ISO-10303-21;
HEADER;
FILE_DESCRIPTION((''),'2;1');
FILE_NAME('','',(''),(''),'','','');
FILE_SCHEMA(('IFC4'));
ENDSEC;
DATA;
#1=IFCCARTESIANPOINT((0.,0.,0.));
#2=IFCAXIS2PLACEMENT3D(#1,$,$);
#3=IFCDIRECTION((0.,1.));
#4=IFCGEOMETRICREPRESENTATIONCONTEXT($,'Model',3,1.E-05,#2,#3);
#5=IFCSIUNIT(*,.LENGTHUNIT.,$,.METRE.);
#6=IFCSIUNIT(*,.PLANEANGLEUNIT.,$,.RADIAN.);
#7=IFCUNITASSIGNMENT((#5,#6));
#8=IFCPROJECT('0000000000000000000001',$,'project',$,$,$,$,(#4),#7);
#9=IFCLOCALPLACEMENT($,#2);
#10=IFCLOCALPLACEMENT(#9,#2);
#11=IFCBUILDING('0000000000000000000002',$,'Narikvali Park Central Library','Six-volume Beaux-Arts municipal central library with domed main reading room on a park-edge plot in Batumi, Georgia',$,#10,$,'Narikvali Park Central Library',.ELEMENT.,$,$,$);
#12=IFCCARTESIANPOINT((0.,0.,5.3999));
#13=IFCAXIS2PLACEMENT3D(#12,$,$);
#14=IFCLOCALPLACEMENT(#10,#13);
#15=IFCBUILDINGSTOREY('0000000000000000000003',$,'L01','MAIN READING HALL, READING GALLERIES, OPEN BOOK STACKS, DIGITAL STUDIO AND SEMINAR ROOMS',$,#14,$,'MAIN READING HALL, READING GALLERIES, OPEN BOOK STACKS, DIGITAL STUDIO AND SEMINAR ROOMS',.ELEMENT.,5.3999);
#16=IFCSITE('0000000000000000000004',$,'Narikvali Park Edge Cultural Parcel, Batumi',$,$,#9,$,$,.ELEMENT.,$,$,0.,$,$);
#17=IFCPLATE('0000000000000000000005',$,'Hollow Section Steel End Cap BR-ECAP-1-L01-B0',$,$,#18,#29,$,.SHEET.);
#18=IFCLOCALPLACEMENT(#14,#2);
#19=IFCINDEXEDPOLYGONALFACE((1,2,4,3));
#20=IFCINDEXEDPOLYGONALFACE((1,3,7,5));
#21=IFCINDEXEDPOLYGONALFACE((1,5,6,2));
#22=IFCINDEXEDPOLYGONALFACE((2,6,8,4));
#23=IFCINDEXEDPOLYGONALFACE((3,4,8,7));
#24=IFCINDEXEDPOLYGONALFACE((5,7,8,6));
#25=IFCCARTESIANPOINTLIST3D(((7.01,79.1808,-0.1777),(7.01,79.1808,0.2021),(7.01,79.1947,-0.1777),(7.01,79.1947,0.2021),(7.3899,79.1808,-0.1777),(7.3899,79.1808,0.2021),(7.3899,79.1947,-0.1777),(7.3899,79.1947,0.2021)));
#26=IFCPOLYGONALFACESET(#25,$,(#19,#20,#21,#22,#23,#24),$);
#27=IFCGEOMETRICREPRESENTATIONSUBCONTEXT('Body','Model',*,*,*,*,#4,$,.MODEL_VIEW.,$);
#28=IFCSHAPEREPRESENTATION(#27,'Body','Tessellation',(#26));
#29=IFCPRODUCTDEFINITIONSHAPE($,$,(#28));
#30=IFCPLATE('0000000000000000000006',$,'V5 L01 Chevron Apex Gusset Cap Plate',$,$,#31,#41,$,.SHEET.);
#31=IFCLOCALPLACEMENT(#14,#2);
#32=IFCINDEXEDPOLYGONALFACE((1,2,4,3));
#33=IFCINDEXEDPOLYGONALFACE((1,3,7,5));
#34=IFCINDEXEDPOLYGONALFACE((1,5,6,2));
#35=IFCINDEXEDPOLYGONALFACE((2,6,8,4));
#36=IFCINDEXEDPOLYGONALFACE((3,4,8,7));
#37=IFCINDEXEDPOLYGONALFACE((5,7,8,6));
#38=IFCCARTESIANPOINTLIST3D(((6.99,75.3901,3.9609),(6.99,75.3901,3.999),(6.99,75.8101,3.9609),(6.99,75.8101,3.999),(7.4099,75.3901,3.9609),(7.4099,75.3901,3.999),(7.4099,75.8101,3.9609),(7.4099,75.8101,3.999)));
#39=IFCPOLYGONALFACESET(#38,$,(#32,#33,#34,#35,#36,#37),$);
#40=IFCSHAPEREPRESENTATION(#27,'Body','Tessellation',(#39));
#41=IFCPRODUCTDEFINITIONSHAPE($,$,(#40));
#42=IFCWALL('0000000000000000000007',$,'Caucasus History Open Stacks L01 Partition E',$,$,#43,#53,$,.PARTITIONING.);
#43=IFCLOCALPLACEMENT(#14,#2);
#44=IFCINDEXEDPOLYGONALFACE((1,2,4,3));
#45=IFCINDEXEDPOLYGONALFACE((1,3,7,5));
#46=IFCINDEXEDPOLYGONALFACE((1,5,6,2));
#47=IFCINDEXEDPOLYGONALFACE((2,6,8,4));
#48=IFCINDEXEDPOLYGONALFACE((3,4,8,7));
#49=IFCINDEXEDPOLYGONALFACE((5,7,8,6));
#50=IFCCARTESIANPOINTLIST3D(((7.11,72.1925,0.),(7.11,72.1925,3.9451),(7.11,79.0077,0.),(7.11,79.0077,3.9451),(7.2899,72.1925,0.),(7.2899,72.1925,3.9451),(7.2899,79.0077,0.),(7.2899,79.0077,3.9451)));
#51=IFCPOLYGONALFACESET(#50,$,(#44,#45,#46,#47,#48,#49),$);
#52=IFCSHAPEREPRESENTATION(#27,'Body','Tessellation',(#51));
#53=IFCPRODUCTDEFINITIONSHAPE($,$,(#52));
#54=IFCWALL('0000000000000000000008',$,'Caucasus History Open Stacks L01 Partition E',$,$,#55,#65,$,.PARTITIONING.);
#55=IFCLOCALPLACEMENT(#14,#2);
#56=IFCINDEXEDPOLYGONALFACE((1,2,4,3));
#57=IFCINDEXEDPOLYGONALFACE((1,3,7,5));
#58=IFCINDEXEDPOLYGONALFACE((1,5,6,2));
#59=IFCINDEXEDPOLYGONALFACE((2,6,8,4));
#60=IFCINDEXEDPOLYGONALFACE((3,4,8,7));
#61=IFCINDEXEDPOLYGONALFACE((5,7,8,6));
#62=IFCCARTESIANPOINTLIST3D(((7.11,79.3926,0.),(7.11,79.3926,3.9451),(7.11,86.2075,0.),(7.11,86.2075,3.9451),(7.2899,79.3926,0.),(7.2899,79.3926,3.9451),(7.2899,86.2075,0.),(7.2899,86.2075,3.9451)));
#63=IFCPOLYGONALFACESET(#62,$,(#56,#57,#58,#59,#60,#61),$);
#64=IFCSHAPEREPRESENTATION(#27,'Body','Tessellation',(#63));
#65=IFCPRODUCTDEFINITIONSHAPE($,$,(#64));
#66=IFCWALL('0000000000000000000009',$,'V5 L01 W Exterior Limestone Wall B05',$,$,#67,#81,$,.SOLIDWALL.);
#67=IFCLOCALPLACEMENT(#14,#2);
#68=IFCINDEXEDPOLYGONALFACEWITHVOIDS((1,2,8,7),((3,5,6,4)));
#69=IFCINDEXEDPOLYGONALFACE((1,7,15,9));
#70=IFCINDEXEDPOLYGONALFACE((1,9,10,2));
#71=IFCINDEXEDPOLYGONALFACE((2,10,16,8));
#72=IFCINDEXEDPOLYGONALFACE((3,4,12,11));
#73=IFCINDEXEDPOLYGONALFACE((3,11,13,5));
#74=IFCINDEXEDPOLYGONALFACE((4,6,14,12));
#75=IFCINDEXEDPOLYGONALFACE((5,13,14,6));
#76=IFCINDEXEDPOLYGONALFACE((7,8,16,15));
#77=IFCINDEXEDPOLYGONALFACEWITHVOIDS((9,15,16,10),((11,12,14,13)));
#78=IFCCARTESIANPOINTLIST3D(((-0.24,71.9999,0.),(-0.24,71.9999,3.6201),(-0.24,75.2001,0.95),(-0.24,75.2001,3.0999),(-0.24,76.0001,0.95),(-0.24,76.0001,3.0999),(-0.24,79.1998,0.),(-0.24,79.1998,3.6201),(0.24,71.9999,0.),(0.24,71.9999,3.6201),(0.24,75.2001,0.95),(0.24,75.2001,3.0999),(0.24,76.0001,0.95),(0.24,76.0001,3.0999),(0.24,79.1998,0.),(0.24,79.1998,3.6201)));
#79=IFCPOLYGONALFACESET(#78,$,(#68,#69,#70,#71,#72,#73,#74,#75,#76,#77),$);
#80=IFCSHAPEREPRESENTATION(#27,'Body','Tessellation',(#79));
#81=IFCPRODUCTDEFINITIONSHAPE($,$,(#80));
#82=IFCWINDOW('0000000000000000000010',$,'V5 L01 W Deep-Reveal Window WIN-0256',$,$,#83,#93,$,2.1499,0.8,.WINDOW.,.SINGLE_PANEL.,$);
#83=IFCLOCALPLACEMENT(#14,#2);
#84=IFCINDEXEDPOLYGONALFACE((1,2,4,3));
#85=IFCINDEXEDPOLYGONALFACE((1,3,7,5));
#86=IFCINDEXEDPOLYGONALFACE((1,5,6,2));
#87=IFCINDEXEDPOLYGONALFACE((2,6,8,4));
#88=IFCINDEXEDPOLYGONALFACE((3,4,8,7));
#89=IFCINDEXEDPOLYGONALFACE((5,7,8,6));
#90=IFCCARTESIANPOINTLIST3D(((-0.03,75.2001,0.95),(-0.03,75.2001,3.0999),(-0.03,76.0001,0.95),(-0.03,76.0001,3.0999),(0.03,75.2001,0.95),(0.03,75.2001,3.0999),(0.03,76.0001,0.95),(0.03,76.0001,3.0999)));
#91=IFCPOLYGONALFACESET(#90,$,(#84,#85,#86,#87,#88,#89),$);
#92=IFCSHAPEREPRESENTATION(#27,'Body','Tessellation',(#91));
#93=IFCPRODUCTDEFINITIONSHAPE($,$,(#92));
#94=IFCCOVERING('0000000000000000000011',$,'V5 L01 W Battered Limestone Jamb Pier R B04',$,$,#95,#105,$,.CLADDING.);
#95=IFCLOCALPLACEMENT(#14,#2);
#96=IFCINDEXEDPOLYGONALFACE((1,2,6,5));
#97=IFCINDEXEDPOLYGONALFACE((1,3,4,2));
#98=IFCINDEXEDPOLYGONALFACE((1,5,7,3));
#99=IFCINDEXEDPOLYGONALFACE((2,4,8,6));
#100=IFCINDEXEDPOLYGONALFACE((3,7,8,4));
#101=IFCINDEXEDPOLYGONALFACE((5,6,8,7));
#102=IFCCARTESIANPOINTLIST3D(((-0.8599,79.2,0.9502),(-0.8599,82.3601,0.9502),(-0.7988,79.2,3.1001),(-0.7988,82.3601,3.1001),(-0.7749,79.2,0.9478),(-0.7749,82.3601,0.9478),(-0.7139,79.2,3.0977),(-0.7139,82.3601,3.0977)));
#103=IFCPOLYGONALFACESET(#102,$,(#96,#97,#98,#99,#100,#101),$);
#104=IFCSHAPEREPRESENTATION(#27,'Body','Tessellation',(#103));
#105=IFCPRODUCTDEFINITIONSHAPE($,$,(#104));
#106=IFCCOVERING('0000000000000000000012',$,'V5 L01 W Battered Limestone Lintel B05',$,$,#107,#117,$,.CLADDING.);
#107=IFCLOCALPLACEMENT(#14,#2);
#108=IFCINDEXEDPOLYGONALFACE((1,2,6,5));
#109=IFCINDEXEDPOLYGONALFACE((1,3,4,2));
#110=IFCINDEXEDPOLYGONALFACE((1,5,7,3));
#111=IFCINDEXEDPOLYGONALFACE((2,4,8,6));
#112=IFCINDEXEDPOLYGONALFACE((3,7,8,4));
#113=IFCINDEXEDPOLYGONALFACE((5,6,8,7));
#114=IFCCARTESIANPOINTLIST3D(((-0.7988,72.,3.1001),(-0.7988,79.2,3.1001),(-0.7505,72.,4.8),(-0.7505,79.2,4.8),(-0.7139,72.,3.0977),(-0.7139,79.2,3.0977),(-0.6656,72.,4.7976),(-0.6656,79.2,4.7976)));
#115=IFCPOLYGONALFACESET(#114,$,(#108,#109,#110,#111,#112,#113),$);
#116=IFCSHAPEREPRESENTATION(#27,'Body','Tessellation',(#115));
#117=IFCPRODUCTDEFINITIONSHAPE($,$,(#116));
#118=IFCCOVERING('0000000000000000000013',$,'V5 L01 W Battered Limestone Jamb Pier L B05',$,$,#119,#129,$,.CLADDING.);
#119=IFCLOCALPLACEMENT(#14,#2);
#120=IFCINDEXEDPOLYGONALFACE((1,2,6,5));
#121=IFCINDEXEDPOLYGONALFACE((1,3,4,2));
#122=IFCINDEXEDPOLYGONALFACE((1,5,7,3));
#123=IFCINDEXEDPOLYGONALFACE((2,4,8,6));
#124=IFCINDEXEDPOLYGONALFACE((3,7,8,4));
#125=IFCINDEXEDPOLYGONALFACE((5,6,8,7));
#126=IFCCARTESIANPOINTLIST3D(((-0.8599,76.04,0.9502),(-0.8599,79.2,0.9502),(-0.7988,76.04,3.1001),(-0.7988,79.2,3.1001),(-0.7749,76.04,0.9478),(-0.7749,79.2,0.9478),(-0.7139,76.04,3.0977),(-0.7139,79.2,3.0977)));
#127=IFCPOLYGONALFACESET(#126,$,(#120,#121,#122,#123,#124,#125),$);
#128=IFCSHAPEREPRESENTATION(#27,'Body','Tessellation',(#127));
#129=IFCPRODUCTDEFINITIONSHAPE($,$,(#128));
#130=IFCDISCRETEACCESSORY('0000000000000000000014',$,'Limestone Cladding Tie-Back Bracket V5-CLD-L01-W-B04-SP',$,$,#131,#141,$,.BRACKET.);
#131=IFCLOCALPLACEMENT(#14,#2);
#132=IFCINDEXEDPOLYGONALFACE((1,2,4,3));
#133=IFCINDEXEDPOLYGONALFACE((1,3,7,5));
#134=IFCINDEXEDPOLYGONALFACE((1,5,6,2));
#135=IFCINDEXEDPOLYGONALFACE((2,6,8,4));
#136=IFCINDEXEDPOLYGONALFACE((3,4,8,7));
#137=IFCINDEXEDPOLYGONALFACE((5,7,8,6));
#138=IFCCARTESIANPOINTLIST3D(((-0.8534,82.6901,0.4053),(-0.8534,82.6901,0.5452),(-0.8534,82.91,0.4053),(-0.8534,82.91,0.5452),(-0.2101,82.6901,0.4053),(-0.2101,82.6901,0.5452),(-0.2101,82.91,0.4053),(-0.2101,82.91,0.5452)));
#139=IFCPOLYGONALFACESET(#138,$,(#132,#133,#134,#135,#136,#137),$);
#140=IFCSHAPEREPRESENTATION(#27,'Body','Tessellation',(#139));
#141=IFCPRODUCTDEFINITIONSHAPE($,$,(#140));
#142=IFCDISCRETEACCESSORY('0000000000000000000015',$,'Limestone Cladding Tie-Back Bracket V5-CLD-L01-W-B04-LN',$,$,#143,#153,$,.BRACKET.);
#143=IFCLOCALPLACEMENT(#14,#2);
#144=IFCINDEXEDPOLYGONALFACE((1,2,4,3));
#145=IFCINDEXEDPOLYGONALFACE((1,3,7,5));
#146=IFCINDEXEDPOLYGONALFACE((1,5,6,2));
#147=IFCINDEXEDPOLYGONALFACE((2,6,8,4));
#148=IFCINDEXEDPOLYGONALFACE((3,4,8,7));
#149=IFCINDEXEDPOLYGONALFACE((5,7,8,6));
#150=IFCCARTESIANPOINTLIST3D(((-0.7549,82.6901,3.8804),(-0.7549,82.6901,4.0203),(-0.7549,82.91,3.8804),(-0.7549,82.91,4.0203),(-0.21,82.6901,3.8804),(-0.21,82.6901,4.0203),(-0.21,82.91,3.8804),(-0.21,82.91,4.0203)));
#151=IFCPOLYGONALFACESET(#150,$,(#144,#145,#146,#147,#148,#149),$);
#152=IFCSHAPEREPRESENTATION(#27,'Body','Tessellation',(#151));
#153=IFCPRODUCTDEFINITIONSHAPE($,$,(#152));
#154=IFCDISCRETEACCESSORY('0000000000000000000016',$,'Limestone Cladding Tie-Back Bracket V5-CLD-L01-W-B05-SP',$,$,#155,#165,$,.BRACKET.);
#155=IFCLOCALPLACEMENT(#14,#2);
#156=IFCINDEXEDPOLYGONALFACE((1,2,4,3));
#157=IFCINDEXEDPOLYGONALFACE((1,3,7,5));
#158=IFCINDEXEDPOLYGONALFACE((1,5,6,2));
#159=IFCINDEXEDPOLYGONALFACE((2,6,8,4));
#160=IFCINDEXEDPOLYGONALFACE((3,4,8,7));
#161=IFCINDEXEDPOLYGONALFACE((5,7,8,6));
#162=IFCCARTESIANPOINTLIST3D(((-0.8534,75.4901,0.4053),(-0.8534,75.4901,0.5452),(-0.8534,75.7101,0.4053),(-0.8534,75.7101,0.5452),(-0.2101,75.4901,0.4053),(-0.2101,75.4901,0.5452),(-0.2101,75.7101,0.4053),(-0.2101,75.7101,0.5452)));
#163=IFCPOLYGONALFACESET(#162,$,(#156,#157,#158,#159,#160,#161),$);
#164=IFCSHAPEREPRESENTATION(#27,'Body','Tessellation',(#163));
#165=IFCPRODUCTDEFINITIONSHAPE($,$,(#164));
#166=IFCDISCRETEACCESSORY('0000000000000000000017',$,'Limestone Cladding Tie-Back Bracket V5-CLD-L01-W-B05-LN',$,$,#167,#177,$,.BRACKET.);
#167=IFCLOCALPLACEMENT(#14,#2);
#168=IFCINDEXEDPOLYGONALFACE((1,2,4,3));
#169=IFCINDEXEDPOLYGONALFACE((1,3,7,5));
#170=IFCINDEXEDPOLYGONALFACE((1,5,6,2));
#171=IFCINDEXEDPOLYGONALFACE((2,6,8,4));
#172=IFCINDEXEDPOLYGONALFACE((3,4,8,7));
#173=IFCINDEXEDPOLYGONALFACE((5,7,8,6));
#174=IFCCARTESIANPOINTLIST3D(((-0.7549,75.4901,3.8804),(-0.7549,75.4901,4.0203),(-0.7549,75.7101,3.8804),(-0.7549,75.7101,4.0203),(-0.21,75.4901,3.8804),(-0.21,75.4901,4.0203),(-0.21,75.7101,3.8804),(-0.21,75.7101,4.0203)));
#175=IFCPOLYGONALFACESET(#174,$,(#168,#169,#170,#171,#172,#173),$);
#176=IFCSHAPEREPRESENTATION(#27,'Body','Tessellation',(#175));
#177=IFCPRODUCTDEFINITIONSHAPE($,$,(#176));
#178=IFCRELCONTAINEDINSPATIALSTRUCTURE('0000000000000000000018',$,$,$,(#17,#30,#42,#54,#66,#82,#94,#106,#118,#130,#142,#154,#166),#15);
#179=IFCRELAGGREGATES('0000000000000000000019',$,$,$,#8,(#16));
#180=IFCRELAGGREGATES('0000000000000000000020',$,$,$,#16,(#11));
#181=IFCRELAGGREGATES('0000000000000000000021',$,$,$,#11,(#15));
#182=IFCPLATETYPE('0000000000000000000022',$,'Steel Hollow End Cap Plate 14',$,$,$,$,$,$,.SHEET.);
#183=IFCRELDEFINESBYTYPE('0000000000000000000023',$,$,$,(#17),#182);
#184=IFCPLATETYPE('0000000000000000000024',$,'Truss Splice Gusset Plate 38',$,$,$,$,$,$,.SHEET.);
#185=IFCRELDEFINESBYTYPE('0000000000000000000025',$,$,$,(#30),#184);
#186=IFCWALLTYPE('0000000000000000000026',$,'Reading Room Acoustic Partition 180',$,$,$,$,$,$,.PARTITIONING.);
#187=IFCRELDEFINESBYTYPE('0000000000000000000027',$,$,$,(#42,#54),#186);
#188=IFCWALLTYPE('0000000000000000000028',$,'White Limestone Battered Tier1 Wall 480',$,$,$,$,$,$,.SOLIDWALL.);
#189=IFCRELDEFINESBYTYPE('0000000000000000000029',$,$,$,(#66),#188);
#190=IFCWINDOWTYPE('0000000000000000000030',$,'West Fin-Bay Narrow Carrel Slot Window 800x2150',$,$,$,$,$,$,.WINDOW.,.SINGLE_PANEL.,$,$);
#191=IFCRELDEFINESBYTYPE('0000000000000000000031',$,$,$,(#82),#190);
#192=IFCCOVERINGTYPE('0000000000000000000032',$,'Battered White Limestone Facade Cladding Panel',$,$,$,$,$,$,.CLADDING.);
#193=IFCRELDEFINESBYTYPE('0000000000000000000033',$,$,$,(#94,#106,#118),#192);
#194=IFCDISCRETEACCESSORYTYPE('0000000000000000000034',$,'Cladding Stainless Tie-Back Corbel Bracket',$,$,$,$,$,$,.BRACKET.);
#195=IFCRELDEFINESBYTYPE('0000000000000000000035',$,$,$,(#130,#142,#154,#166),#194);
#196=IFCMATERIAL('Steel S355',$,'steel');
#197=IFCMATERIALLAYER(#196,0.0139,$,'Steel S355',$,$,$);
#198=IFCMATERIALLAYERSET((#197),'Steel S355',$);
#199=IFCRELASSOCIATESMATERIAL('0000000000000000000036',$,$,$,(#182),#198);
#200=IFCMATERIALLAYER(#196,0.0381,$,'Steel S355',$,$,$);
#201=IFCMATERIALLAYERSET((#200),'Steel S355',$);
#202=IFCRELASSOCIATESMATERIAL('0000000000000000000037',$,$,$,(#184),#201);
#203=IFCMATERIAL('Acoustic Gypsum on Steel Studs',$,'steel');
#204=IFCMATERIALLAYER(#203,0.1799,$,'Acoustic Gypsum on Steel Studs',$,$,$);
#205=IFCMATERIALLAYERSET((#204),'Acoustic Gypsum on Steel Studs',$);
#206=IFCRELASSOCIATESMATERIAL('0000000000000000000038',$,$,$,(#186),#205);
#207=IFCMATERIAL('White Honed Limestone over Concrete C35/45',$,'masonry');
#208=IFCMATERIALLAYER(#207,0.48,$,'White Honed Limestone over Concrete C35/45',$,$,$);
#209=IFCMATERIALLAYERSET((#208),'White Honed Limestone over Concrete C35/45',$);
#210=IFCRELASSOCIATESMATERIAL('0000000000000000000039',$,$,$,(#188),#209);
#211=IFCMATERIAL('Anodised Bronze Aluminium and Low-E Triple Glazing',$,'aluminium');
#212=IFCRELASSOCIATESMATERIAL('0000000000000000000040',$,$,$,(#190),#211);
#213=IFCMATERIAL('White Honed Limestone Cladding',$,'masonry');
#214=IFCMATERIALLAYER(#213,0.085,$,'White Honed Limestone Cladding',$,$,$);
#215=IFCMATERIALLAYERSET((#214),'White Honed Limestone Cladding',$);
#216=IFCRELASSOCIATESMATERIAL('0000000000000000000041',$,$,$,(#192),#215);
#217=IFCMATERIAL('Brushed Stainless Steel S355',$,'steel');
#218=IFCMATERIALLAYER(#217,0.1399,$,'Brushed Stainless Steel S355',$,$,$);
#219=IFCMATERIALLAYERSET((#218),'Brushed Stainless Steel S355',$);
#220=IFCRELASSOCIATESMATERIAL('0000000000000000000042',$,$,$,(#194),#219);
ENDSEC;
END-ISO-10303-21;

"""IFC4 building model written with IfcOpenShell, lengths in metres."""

from ifc_helpers import new_model, si_unit, direction, frame, frame_2d, origin, origin_2d, place, context, subcontext, project, spatial, polyline, rectangle, outline, extrude, material, layer, layer_set, type_object, element, fill, save


model = new_model("IFC4")

# Units and contexts
model_context = context("Model", 3, precision=1e-05, world=origin(), true_north=direction((0.0, 1.0)))
body_context = subcontext(model_context, "Body", "Model", "MODEL_VIEW")
ifc_project = project(units=[si_unit("LENGTHUNIT", "METRE"), si_unit("PLANEANGLEUNIT", "RADIAN")], contexts=[model_context])

# Site, building, storey
site_placement = place(None, origin())
site = spatial("IfcSite", under=ifc_project, at=site_placement, Name="Narikvali Park Edge Cultural Parcel, Batumi", CompositionType="ELEMENT", RefElevation=0.0)
building_placement = place(site_placement, origin())
building = spatial("IfcBuilding", under=site, at=building_placement, Name="Narikvali Park Central Library", Description="Six-volume Beaux-Arts municipal central library with domed main reading room on a park-edge plot in Batumi, Georgia", LongName="Narikvali Park Central Library", CompositionType="ELEMENT")
storey_placement = place(building_placement, frame((0.0, 0.0, 5.3999)))
storey = spatial("IfcBuildingStorey", under=building, at=storey_placement, Name="L01", Description="MAIN READING HALL, READING GALLERIES, OPEN BOOK STACKS, DIGITAL STUDIO AND SEMINAR ROOMS", LongName="MAIN READING HALL, READING GALLERIES, OPEN BOOK STACKS, DIGITAL STUDIO AND SEMINAR ROOMS", CompositionType="ELEMENT", Elevation=5.3999)

# Shared definitions
ifc_material_1 = material(Name="Steel S355", Category="steel")

# Plates
ifc_layer_1 = layer(ifc_material_1, 0.0139, Name="Steel S355")
ifc_layer_set_1 = layer_set([ifc_layer_1], Name="Steel S355")
plate_type_1 = type_object("IfcPlateType", Name="Steel Hollow End Cap Plate 14", PredefinedType="SHEET", material=ifc_layer_set_1)
plate_1_placement = place(storey_placement, frame((7.2, 79.1877, -0.1777), z_axis=(0.0, 0.0, 1.0), x_axis=(1.0, 0.0, 0.0)))
element("IfcPlate", 1, at=plate_1_placement, inside=storey, type_object=plate_type_1, Name="Hollow Section Steel End Cap BR-ECAP-1-L01-B0", PredefinedType="SHEET", context=body_context, shape_type="SweptSolid", body=[
    extrude(rectangle(XDim=0.3799, YDim=0.0139, at=origin_2d()), origin(), (0.0, 0.0, 1.0), 0.3799),
])
ifc_layer_2 = layer(ifc_material_1, 0.0381, Name="Steel S355")
ifc_layer_set_2 = layer_set([ifc_layer_2], Name="Steel S355")
plate_type_2 = type_object("IfcPlateType", Name="Truss Splice Gusset Plate 38", PredefinedType="SHEET", material=ifc_layer_set_2)
plate_2_placement = place(storey_placement, frame((7.2, 75.6001, 3.9609), z_axis=(0.0, 0.0, 1.0), x_axis=(1.0, 0.0, 0.0)))
element("IfcPlate", 2, at=plate_2_placement, inside=storey, type_object=plate_type_2, Name="V5 L01 Chevron Apex Gusset Cap Plate", PredefinedType="SHEET", context=body_context, shape_type="SweptSolid", body=[
    extrude(rectangle(XDim=0.4199, YDim=0.4199, at=origin_2d()), origin(), (0.0, 0.0, 1.0), 0.0381),
])

# Walls
ifc_material_2 = material(Name="Acoustic Gypsum on Steel Studs", Category="steel")
ifc_layer_3 = layer(ifc_material_2, 0.1799, Name="Acoustic Gypsum on Steel Studs")
ifc_layer_set_3 = layer_set([ifc_layer_3], Name="Acoustic Gypsum on Steel Studs")
wall_type_1 = type_object("IfcWallType", Name="Reading Room Acoustic Partition 180", PredefinedType="PARTITIONING", material=ifc_layer_set_3)
wall_1_placement = place(storey_placement, frame((7.2, 72.1924, 0.0), z_axis=(0.0, 0.0, 1.0), x_axis=(0.0, 1.0, 0.0)))
element("IfcWall", 3, at=wall_1_placement, inside=storey, type_object=wall_type_1, Name="Caucasus History Open Stacks L01 Partition E", PredefinedType="PARTITIONING", context=body_context, shape_type="SweptSolid", body=[
    extrude(rectangle(XDim=6.8152, YDim=0.1799, at=frame_2d((3.4077, 0.0))), origin(), (0.0, 0.0, 1.0), 3.9451),
])
wall_2_placement = place(storey_placement, frame((7.2, 79.3926, 0.0), z_axis=(0.0, 0.0, 1.0), x_axis=(0.0, 1.0, 0.0)))
element("IfcWall", 4, at=wall_2_placement, inside=storey, type_object=wall_type_1, Name="Caucasus History Open Stacks L01 Partition E", PredefinedType="PARTITIONING", context=body_context, shape_type="SweptSolid", body=[
    extrude(rectangle(XDim=6.8149, YDim=0.1799, at=frame_2d((3.4075, 0.0))), origin(), (0.0, 0.0, 1.0), 3.9451),
])

# Wall, opening, window
ifc_material_3 = material(Name="White Honed Limestone over Concrete C35/45", Category="masonry")
ifc_layer_4 = layer(ifc_material_3, 0.48, Name="White Honed Limestone over Concrete C35/45")
ifc_layer_set_4 = layer_set([ifc_layer_4], Name="White Honed Limestone over Concrete C35/45")
wall_type_2 = type_object("IfcWallType", Name="White Limestone Battered Tier1 Wall 480", PredefinedType="SOLIDWALL", material=ifc_layer_set_4)
wall_3_placement = place(storey_placement, frame((0.0, 79.2, 0.0), z_axis=(0.0, 0.0, 1.0), x_axis=(0.0, -1.0, 0.0)))
wall_3 = element("IfcWall", 5, at=wall_3_placement, inside=storey, type_object=wall_type_2, Name="V5 L01 W Exterior Limestone Wall B05", PredefinedType="SOLIDWALL", context=body_context, shape_type="SweptSolid", body=[
    extrude(rectangle(XDim=7.2, YDim=0.48, at=frame_2d((3.6001, 0.0))), origin(), (0.0, 0.0, 1.0), 3.6201),
])
opening_placement = place(wall_3_placement, frame((3.2, 0.0, 0.95)))
opening = element("IfcOpeningElement", 6, at=opening_placement, cuts=wall_3, PredefinedType="OPENING", context=body_context, shape_type="SweptSolid", body=[
    extrude(rectangle(XDim=0.8, YDim=2.1499, at=frame_2d((0.3999, 1.075))), frame((0.0, 0.252, 0.0), z_axis=(0.0, -1.0, 0.0), x_axis=(1.0, 0.0, 0.0)), (0.0, 0.0, 1.0), 0.5039),
])
ifc_material_4 = material(Name="Anodised Bronze Aluminium and Low-E Triple Glazing", Category="aluminium")
window_type = type_object("IfcWindowType", Name="West Fin-Bay Narrow Carrel Slot Window 800x2150", PartitioningType="SINGLE_PANEL", PredefinedType="WINDOW", material=ifc_material_4)
window_placement = place(opening_placement, origin())
window = element("IfcWindow", 7, at=window_placement, inside=storey, type_object=window_type, Name="V5 L01 W Deep-Reveal Window WIN-0256", OverallHeight=2.1499, OverallWidth=0.8, PartitioningType="SINGLE_PANEL", PredefinedType="WINDOW", context=body_context, shape_type="SweptSolid", body=[
    extrude(rectangle(XDim=0.8, YDim=2.1499, at=frame_2d((0.3999, 1.075))), frame((0.0, 0.03, 0.0), z_axis=(0.0, -1.0, 0.0), x_axis=(1.0, 0.0, 0.0)), (0.0, 0.0, 1.0), 0.0601),
])
fill(opening, window)

# Coverings
ifc_material_5 = material(Name="White Honed Limestone Cladding", Category="masonry")
ifc_layer_5 = layer(ifc_material_5, 0.085, Name="White Honed Limestone Cladding")
ifc_layer_set_5 = layer_set([ifc_layer_5], Name="White Honed Limestone Cladding")
covering_type = type_object("IfcCoveringType", Name="Battered White Limestone Facade Cladding Panel", PredefinedType="CLADDING", material=ifc_layer_set_5)
covering_1_placement = place(storey_placement, frame((-0.8599, 82.3601, 0.9502), z_axis=(-0.999597, 0.0, 0.028378), x_axis=(0.0, -1.0, 0.0)))
element("IfcCovering", 8, at=covering_1_placement, inside=storey, type_object=covering_type, Name="V5 L01 W Battered Limestone Jamb Pier R B04", PredefinedType="CLADDING", context=body_context, shape_type="SweptSolid", body=[
    extrude(outline(polyline([(0.0, 0.0), (3.1602, 0.0), (3.1602, 2.1508), (0.0, 2.1508), (0.0, 0.0)])), origin(), (0.0, 0.0, -1.0), 0.085),
])
covering_2_placement = place(storey_placement, frame((-0.7988, 79.2, 3.1001), z_axis=(-0.999596, 0.0, 0.028425), x_axis=(0.0, -1.0, 0.0)))
element("IfcCovering", 9, at=covering_2_placement, inside=storey, type_object=covering_type, Name="V5 L01 W Battered Limestone Lintel B05", PredefinedType="CLADDING", context=body_context, shape_type="SweptSolid", body=[
    extrude(outline(polyline([(0.0, 0.0), (7.2, 0.0), (7.2, 1.7006), (0.0, 1.7006), (0.0, 0.0)])), origin(), (0.0, 0.0, -1.0), 0.085),
])
covering_3_placement = place(storey_placement, frame((-0.8599, 79.2, 0.9502), z_axis=(-0.999597, 0.0, 0.028378), x_axis=(0.0, -1.0, 0.0)))
element("IfcCovering", 10, at=covering_3_placement, inside=storey, type_object=covering_type, Name="V5 L01 W Battered Limestone Jamb Pier L B05", PredefinedType="CLADDING", context=body_context, shape_type="SweptSolid", body=[
    extrude(outline(polyline([(0.0, 0.0), (3.1599, 0.0), (3.1599, 2.1508), (0.0, 2.1508), (0.0, 0.0)])), origin(), (0.0, 0.0, -1.0), 0.085),
])

# Discrete accessories
ifc_material_6 = material(Name="Brushed Stainless Steel S355", Category="steel")
ifc_layer_6 = layer(ifc_material_6, 0.1399, Name="Brushed Stainless Steel S355")
ifc_layer_set_6 = layer_set([ifc_layer_6], Name="Brushed Stainless Steel S355")
discrete_accessory_type = type_object("IfcDiscreteAccessoryType", Name="Cladding Stainless Tie-Back Corbel Bracket", PredefinedType="BRACKET", material=ifc_layer_set_6)
discrete_accessory_1_placement = place(storey_placement, frame((-0.5317, 82.8, 0.4053), z_axis=(0.0, 0.0, 1.0), x_axis=(1.0, 0.0, 0.0)))
element("IfcDiscreteAccessory", 11, at=discrete_accessory_1_placement, inside=storey, type_object=discrete_accessory_type, Name="Limestone Cladding Tie-Back Bracket V5-CLD-L01-W-B04-SP", PredefinedType="BRACKET", context=body_context, shape_type="SweptSolid", body=[
    extrude(rectangle(XDim=0.6433, YDim=0.22, at=origin_2d()), origin(), (0.0, 0.0, 1.0), 0.1399),
])
discrete_accessory_2_placement = place(storey_placement, frame((-0.4824, 82.8, 3.8804), z_axis=(0.0, 0.0, 1.0), x_axis=(1.0, 0.0, 0.0)))
element("IfcDiscreteAccessory", 12, at=discrete_accessory_2_placement, inside=storey, type_object=discrete_accessory_type, Name="Limestone Cladding Tie-Back Bracket V5-CLD-L01-W-B04-LN", PredefinedType="BRACKET", context=body_context, shape_type="SweptSolid", body=[
    extrude(rectangle(XDim=0.5449, YDim=0.22, at=origin_2d()), origin(), (0.0, 0.0, 1.0), 0.1399),
])
discrete_accessory_3_placement = place(storey_placement, frame((-0.5317, 75.6001, 0.4053), z_axis=(0.0, 0.0, 1.0), x_axis=(1.0, 0.0, 0.0)))
element("IfcDiscreteAccessory", 13, at=discrete_accessory_3_placement, inside=storey, type_object=discrete_accessory_type, Name="Limestone Cladding Tie-Back Bracket V5-CLD-L01-W-B05-SP", PredefinedType="BRACKET", context=body_context, shape_type="SweptSolid", body=[
    extrude(rectangle(XDim=0.6433, YDim=0.22, at=origin_2d()), origin(), (0.0, 0.0, 1.0), 0.1399),
])
discrete_accessory_4_placement = place(storey_placement, frame((-0.4824, 75.6001, 3.8804), z_axis=(0.0, 0.0, 1.0), x_axis=(1.0, 0.0, 0.0)))
element("IfcDiscreteAccessory", 14, at=discrete_accessory_4_placement, inside=storey, type_object=discrete_accessory_type, Name="Limestone Cladding Tie-Back Bracket V5-CLD-L01-W-B05-LN", PredefinedType="BRACKET", context=body_context, shape_type="SweptSolid", body=[
    extrude(rectangle(XDim=0.5449, YDim=0.22, at=origin_2d()), origin(), (0.0, 0.0, 1.0), 0.1399),
])

save(model, "model.ifc")
